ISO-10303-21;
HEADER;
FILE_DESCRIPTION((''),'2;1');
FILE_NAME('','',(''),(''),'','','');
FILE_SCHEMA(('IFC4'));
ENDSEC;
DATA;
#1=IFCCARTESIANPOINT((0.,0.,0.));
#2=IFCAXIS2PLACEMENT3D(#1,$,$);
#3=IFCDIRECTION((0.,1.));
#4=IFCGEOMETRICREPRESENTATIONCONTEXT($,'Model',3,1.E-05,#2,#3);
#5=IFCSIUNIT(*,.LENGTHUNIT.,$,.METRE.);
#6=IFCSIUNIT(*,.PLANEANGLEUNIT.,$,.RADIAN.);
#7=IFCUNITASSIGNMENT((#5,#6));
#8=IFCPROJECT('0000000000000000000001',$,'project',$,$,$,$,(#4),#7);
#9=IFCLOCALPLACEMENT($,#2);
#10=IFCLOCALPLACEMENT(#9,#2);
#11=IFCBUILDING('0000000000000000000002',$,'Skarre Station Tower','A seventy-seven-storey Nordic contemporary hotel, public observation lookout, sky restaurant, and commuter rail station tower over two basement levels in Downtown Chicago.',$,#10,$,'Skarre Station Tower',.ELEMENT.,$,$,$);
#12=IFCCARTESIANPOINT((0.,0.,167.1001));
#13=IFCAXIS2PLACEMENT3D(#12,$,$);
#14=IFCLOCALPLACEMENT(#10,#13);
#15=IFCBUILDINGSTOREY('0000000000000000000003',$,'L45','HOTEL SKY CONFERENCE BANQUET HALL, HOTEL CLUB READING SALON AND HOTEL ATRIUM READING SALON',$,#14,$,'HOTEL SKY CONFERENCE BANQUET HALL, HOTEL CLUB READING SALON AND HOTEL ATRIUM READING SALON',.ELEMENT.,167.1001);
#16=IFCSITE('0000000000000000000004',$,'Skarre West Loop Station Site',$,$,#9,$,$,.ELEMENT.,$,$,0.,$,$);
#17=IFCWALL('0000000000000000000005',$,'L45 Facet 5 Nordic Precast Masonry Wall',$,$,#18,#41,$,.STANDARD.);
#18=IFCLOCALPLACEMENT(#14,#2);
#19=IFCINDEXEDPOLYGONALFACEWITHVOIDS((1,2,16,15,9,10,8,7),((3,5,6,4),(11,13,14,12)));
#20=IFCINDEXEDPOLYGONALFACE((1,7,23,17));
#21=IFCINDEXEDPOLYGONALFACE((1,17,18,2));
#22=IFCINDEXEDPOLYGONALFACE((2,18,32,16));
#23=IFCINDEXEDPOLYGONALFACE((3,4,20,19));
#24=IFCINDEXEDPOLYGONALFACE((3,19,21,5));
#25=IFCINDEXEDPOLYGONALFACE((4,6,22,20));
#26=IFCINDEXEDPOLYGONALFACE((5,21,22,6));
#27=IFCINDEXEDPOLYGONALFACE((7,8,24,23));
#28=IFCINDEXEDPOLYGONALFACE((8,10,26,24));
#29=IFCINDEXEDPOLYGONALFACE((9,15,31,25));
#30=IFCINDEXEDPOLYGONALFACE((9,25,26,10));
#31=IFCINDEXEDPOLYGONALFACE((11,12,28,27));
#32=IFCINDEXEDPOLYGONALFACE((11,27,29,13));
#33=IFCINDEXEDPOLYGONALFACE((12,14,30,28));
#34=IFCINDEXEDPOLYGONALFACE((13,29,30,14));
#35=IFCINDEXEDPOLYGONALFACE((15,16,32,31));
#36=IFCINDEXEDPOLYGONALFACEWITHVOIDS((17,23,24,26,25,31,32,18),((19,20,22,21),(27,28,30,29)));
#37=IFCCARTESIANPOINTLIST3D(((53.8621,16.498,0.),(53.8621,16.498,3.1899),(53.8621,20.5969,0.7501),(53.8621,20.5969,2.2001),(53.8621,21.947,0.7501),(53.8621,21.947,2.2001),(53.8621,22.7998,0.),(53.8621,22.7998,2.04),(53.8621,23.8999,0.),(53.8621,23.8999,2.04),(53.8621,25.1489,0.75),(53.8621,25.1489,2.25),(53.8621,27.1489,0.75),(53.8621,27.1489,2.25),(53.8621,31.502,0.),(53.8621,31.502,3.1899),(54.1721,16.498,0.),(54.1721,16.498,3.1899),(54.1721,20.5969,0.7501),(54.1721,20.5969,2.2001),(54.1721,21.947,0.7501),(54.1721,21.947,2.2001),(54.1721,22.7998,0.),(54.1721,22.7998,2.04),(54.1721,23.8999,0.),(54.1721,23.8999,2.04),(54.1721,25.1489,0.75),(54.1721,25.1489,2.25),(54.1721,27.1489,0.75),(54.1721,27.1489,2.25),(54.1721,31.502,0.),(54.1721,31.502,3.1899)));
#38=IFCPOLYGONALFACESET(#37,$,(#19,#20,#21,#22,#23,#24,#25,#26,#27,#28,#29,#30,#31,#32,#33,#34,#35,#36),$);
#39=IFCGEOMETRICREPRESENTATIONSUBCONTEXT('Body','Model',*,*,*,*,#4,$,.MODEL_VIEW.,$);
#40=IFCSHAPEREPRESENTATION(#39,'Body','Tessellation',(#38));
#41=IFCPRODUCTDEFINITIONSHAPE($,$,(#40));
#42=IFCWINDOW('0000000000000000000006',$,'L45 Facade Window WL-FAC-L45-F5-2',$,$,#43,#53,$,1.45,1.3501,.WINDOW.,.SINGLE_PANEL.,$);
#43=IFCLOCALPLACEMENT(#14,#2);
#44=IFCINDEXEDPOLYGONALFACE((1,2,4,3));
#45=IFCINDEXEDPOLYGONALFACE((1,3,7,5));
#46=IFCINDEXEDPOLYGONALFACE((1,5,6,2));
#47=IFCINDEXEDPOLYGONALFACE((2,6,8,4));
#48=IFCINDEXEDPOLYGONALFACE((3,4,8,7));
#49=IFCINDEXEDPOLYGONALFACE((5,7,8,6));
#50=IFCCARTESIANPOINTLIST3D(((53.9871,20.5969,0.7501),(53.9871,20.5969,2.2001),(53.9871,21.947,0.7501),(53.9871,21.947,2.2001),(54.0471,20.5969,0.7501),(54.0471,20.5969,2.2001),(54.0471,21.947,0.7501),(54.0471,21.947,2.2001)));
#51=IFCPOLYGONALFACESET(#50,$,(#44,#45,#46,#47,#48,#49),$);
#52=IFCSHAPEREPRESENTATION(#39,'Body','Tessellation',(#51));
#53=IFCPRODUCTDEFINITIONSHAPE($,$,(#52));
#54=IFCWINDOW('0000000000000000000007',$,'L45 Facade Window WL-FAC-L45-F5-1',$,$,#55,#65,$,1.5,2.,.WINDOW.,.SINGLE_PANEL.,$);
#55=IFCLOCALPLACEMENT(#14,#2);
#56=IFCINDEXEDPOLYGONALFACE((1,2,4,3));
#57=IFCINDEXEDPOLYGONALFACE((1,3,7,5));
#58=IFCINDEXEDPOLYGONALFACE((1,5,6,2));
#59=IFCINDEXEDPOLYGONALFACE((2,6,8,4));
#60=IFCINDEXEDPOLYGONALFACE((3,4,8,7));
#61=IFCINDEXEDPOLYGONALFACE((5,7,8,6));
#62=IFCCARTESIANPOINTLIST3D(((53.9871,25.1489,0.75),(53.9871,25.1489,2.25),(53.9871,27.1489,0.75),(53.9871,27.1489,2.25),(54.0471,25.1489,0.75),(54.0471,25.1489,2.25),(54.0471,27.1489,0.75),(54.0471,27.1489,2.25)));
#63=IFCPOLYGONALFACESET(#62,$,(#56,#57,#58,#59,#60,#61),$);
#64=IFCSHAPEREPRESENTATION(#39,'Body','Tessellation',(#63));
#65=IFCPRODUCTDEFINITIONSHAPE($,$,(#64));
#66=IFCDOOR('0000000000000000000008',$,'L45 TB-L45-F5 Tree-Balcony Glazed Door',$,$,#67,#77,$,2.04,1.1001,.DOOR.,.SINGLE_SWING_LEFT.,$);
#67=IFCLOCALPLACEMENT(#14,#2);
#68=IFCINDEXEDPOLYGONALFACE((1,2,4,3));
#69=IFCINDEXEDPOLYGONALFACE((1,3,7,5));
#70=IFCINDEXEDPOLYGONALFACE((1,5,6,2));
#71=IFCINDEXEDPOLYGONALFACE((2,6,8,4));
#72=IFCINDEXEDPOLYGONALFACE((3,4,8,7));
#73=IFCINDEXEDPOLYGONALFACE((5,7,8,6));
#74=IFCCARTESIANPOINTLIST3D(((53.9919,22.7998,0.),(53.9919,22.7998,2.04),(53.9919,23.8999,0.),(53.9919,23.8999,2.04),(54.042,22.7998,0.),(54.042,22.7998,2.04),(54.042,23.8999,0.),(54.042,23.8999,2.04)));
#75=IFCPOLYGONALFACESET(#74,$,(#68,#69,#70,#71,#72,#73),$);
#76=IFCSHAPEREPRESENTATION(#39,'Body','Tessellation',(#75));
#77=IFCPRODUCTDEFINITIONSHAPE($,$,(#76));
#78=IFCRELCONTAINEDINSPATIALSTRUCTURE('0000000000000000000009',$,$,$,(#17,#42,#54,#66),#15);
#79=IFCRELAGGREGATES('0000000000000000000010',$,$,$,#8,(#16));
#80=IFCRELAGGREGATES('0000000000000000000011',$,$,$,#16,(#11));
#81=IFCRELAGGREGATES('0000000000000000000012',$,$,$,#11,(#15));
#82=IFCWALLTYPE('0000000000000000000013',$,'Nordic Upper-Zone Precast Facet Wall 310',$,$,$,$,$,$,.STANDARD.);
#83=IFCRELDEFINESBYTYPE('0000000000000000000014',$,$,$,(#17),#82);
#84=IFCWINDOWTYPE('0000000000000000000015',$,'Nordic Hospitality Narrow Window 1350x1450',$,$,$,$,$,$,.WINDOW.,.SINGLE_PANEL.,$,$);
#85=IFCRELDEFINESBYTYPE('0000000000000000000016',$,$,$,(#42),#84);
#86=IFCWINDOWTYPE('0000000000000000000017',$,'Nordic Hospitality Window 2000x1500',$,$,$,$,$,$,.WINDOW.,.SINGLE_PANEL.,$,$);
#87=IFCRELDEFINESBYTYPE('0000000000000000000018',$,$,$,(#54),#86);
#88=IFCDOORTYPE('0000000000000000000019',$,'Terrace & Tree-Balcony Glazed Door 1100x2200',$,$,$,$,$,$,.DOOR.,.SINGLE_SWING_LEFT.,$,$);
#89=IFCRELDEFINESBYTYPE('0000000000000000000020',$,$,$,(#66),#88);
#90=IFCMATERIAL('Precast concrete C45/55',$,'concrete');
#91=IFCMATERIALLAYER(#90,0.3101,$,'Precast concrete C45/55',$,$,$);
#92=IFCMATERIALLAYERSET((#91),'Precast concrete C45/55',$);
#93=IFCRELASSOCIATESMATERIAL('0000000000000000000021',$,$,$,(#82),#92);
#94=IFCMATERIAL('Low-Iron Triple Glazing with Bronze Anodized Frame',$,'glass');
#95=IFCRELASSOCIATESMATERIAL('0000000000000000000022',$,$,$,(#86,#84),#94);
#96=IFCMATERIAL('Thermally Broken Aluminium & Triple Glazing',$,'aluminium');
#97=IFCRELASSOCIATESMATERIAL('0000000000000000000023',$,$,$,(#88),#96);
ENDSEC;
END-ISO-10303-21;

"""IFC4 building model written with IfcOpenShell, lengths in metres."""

from ifc_helpers import new_model, si_unit, direction, frame, frame_2d, origin, place, context, subcontext, project, spatial, rectangle, extrude, material, layer, layer_set, type_object, element, fill, save


model = new_model("IFC4")

# Units and contexts
model_context = context("Model", 3, precision=1e-05, world=origin(), true_north=direction((0.0, 1.0)))
body_context = subcontext(model_context, "Body", "Model", "MODEL_VIEW")
ifc_project = project(units=[si_unit("LENGTHUNIT", "METRE"), si_unit("PLANEANGLEUNIT", "RADIAN")], contexts=[model_context])

# Site, building, storey
site_placement = place(None, origin())
site = spatial("IfcSite", under=ifc_project, at=site_placement, Name="Skarre West Loop Station Site", CompositionType="ELEMENT", RefElevation=0.0)
building_placement = place(site_placement, origin())
building = spatial("IfcBuilding", under=site, at=building_placement, Name="Skarre Station Tower", Description="A seventy-seven-storey Nordic contemporary hotel, public observation lookout, sky restaurant, and commuter rail station tower over two basement levels in Downtown Chicago.", LongName="Skarre Station Tower", CompositionType="ELEMENT")
storey_placement = place(building_placement, frame((0.0, 0.0, 167.1001)))
storey = spatial("IfcBuildingStorey", under=building, at=storey_placement, Name="L45", Description="HOTEL SKY CONFERENCE BANQUET HALL, HOTEL CLUB READING SALON AND HOTEL ATRIUM READING SALON", LongName="HOTEL SKY CONFERENCE BANQUET HALL, HOTEL CLUB READING SALON AND HOTEL ATRIUM READING SALON", CompositionType="ELEMENT", Elevation=167.1001)

# Shared definitions
ifc_material_1 = material(Name="Precast concrete C45/55", Category="concrete")

# Shared definitions
ifc_layer_1 = layer(ifc_material_1, 0.3101, Name="Precast concrete C45/55")
ifc_layer_set_1 = layer_set([ifc_layer_1], Name="Precast concrete C45/55")
wall_type_1 = type_object("IfcWallType", Name="Nordic Upper-Zone Precast Facet Wall 310", PredefinedType="STANDARD", material=ifc_layer_set_1)
ifc_material_2 = material(Name="Low-Iron Triple Glazing with Bronze Anodized Frame", Category="glass")
window_type_1 = type_object("IfcWindowType", Name="Nordic Hospitality Window 2000x1500", PartitioningType="SINGLE_PANEL", PredefinedType="WINDOW", material=ifc_material_2)

# Wall, openings, windows, door
wall_1_placement = place(storey_placement, frame((54.0171, 31.502, 0.0), z_axis=(0.0, 0.0, 1.0), x_axis=(0.0, -1.0, 0.0)))
wall_1 = element("IfcWall", 1, at=wall_1_placement, inside=storey, type_object=wall_type_1, Name="L45 Facet 5 Nordic Precast Masonry Wall", PredefinedType="STANDARD", context=body_context, shape_type="SweptSolid", body=[
    extrude(rectangle(XDim=15.0039, YDim=0.3101, at=frame_2d((7.502, 0.0))), origin(), (0.0, 0.0, 1.0), 3.1899),
])
opening_1_placement = place(wall_1_placement, frame((7.6021, 0.0, 0.0)))
opening_1 = element("IfcOpeningElement", 2, at=opening_1_placement, cuts=wall_1, PredefinedType="OPENING", context=body_context, shape_type="SweptSolid", body=[
    extrude(rectangle(XDim=1.1001, YDim=2.04, at=frame_2d((0.55, 1.02))), frame((0.0, 0.165, 0.0), z_axis=(0.0, -1.0, 0.0), x_axis=(1.0, 0.0, 0.0)), (0.0, 0.0, 1.0), 0.3301),
])
opening_2_placement = place(wall_1_placement, frame((4.353, 0.0, 0.75)))
opening_2 = element("IfcOpeningElement", 3, at=opening_2_placement, cuts=wall_1, PredefinedType="OPENING", context=body_context, shape_type="SweptSolid", body=[
    extrude(rectangle(XDim=2.0, YDim=1.5, at=frame_2d((1.0, 0.75))), frame((0.0, 0.165, 0.0), z_axis=(0.0, -1.0, 0.0), x_axis=(1.0, 0.0, 0.0)), (0.0, 0.0, 1.0), 0.3301),
])
opening_3_placement = place(wall_1_placement, frame((9.5549, 0.0, 0.75)))
opening_3 = element("IfcOpeningElement", 4, at=opening_3_placement, cuts=wall_1, PredefinedType="OPENING", context=body_context, shape_type="SweptSolid", body=[
    extrude(rectangle(XDim=1.3501, YDim=1.45, at=frame_2d((0.675, 0.7251))), frame((0.0, 0.165, 0.0), z_axis=(0.0, -1.0, 0.0), x_axis=(1.0, 0.0, 0.0)), (0.0, 0.0, 1.0), 0.3301),
])
window_type_2 = type_object("IfcWindowType", Name="Nordic Hospitality Narrow Window 1350x1450", PartitioningType="SINGLE_PANEL", PredefinedType="WINDOW", material=ifc_material_2)
window_1_placement = place(opening_3_placement, origin())
window_1 = element("IfcWindow", 5, at=window_1_placement, inside=storey, type_object=window_type_2, Name="L45 Facade Window WL-FAC-L45-F5-2", OverallHeight=1.45, OverallWidth=1.3501, PartitioningType="SINGLE_PANEL", PredefinedType="WINDOW", context=body_context, shape_type="SweptSolid", body=[
    extrude(rectangle(XDim=1.3501, YDim=1.45, at=frame_2d((0.675, 0.7251))), frame((0.0, 0.03, 0.0), z_axis=(0.0, -1.0, 0.0), x_axis=(1.0, 0.0, 0.0)), (0.0, 0.0, 1.0), 0.0601),
])
fill(opening_3, window_1)
window_2_placement = place(opening_2_placement, origin())
window_2 = element("IfcWindow", 6, at=window_2_placement, inside=storey, type_object=window_type_1, Name="L45 Facade Window WL-FAC-L45-F5-1", OverallHeight=1.5, OverallWidth=2.0, PartitioningType="SINGLE_PANEL", PredefinedType="WINDOW", context=body_context, shape_type="SweptSolid", body=[
    extrude(rectangle(XDim=2.0, YDim=1.5, at=frame_2d((1.0, 0.75))), frame((0.0, 0.03, 0.0), z_axis=(0.0, -1.0, 0.0), x_axis=(1.0, 0.0, 0.0)), (0.0, 0.0, 1.0), 0.0601),
])
fill(opening_2, window_2)
ifc_material_3 = material(Name="Thermally Broken Aluminium & Triple Glazing", Category="aluminium")
door_type_1 = type_object("IfcDoorType", Name="Terrace & Tree-Balcony Glazed Door 1100x2200", OperationType="SINGLE_SWING_LEFT", PredefinedType="DOOR", material=ifc_material_3)
door_1_placement = place(opening_1_placement, origin())
door_1 = element("IfcDoor", 7, at=door_1_placement, inside=storey, type_object=door_type_1, Name="L45 TB-L45-F5 Tree-Balcony Glazed Door", OperationType="SINGLE_SWING_LEFT", OverallHeight=2.04, OverallWidth=1.1001, PredefinedType="DOOR", context=body_context, shape_type="SweptSolid", body=[
    extrude(rectangle(XDim=1.1001, YDim=2.04, at=frame_2d((0.55, 1.02))), frame((0.0, 0.0249, 0.0), z_axis=(0.0, -1.0, 0.0), x_axis=(1.0, 0.0, 0.0)), (0.0, 0.0, 1.0), 0.05),
])
fill(opening_1, door_1)

save(model, "model.ifc")
